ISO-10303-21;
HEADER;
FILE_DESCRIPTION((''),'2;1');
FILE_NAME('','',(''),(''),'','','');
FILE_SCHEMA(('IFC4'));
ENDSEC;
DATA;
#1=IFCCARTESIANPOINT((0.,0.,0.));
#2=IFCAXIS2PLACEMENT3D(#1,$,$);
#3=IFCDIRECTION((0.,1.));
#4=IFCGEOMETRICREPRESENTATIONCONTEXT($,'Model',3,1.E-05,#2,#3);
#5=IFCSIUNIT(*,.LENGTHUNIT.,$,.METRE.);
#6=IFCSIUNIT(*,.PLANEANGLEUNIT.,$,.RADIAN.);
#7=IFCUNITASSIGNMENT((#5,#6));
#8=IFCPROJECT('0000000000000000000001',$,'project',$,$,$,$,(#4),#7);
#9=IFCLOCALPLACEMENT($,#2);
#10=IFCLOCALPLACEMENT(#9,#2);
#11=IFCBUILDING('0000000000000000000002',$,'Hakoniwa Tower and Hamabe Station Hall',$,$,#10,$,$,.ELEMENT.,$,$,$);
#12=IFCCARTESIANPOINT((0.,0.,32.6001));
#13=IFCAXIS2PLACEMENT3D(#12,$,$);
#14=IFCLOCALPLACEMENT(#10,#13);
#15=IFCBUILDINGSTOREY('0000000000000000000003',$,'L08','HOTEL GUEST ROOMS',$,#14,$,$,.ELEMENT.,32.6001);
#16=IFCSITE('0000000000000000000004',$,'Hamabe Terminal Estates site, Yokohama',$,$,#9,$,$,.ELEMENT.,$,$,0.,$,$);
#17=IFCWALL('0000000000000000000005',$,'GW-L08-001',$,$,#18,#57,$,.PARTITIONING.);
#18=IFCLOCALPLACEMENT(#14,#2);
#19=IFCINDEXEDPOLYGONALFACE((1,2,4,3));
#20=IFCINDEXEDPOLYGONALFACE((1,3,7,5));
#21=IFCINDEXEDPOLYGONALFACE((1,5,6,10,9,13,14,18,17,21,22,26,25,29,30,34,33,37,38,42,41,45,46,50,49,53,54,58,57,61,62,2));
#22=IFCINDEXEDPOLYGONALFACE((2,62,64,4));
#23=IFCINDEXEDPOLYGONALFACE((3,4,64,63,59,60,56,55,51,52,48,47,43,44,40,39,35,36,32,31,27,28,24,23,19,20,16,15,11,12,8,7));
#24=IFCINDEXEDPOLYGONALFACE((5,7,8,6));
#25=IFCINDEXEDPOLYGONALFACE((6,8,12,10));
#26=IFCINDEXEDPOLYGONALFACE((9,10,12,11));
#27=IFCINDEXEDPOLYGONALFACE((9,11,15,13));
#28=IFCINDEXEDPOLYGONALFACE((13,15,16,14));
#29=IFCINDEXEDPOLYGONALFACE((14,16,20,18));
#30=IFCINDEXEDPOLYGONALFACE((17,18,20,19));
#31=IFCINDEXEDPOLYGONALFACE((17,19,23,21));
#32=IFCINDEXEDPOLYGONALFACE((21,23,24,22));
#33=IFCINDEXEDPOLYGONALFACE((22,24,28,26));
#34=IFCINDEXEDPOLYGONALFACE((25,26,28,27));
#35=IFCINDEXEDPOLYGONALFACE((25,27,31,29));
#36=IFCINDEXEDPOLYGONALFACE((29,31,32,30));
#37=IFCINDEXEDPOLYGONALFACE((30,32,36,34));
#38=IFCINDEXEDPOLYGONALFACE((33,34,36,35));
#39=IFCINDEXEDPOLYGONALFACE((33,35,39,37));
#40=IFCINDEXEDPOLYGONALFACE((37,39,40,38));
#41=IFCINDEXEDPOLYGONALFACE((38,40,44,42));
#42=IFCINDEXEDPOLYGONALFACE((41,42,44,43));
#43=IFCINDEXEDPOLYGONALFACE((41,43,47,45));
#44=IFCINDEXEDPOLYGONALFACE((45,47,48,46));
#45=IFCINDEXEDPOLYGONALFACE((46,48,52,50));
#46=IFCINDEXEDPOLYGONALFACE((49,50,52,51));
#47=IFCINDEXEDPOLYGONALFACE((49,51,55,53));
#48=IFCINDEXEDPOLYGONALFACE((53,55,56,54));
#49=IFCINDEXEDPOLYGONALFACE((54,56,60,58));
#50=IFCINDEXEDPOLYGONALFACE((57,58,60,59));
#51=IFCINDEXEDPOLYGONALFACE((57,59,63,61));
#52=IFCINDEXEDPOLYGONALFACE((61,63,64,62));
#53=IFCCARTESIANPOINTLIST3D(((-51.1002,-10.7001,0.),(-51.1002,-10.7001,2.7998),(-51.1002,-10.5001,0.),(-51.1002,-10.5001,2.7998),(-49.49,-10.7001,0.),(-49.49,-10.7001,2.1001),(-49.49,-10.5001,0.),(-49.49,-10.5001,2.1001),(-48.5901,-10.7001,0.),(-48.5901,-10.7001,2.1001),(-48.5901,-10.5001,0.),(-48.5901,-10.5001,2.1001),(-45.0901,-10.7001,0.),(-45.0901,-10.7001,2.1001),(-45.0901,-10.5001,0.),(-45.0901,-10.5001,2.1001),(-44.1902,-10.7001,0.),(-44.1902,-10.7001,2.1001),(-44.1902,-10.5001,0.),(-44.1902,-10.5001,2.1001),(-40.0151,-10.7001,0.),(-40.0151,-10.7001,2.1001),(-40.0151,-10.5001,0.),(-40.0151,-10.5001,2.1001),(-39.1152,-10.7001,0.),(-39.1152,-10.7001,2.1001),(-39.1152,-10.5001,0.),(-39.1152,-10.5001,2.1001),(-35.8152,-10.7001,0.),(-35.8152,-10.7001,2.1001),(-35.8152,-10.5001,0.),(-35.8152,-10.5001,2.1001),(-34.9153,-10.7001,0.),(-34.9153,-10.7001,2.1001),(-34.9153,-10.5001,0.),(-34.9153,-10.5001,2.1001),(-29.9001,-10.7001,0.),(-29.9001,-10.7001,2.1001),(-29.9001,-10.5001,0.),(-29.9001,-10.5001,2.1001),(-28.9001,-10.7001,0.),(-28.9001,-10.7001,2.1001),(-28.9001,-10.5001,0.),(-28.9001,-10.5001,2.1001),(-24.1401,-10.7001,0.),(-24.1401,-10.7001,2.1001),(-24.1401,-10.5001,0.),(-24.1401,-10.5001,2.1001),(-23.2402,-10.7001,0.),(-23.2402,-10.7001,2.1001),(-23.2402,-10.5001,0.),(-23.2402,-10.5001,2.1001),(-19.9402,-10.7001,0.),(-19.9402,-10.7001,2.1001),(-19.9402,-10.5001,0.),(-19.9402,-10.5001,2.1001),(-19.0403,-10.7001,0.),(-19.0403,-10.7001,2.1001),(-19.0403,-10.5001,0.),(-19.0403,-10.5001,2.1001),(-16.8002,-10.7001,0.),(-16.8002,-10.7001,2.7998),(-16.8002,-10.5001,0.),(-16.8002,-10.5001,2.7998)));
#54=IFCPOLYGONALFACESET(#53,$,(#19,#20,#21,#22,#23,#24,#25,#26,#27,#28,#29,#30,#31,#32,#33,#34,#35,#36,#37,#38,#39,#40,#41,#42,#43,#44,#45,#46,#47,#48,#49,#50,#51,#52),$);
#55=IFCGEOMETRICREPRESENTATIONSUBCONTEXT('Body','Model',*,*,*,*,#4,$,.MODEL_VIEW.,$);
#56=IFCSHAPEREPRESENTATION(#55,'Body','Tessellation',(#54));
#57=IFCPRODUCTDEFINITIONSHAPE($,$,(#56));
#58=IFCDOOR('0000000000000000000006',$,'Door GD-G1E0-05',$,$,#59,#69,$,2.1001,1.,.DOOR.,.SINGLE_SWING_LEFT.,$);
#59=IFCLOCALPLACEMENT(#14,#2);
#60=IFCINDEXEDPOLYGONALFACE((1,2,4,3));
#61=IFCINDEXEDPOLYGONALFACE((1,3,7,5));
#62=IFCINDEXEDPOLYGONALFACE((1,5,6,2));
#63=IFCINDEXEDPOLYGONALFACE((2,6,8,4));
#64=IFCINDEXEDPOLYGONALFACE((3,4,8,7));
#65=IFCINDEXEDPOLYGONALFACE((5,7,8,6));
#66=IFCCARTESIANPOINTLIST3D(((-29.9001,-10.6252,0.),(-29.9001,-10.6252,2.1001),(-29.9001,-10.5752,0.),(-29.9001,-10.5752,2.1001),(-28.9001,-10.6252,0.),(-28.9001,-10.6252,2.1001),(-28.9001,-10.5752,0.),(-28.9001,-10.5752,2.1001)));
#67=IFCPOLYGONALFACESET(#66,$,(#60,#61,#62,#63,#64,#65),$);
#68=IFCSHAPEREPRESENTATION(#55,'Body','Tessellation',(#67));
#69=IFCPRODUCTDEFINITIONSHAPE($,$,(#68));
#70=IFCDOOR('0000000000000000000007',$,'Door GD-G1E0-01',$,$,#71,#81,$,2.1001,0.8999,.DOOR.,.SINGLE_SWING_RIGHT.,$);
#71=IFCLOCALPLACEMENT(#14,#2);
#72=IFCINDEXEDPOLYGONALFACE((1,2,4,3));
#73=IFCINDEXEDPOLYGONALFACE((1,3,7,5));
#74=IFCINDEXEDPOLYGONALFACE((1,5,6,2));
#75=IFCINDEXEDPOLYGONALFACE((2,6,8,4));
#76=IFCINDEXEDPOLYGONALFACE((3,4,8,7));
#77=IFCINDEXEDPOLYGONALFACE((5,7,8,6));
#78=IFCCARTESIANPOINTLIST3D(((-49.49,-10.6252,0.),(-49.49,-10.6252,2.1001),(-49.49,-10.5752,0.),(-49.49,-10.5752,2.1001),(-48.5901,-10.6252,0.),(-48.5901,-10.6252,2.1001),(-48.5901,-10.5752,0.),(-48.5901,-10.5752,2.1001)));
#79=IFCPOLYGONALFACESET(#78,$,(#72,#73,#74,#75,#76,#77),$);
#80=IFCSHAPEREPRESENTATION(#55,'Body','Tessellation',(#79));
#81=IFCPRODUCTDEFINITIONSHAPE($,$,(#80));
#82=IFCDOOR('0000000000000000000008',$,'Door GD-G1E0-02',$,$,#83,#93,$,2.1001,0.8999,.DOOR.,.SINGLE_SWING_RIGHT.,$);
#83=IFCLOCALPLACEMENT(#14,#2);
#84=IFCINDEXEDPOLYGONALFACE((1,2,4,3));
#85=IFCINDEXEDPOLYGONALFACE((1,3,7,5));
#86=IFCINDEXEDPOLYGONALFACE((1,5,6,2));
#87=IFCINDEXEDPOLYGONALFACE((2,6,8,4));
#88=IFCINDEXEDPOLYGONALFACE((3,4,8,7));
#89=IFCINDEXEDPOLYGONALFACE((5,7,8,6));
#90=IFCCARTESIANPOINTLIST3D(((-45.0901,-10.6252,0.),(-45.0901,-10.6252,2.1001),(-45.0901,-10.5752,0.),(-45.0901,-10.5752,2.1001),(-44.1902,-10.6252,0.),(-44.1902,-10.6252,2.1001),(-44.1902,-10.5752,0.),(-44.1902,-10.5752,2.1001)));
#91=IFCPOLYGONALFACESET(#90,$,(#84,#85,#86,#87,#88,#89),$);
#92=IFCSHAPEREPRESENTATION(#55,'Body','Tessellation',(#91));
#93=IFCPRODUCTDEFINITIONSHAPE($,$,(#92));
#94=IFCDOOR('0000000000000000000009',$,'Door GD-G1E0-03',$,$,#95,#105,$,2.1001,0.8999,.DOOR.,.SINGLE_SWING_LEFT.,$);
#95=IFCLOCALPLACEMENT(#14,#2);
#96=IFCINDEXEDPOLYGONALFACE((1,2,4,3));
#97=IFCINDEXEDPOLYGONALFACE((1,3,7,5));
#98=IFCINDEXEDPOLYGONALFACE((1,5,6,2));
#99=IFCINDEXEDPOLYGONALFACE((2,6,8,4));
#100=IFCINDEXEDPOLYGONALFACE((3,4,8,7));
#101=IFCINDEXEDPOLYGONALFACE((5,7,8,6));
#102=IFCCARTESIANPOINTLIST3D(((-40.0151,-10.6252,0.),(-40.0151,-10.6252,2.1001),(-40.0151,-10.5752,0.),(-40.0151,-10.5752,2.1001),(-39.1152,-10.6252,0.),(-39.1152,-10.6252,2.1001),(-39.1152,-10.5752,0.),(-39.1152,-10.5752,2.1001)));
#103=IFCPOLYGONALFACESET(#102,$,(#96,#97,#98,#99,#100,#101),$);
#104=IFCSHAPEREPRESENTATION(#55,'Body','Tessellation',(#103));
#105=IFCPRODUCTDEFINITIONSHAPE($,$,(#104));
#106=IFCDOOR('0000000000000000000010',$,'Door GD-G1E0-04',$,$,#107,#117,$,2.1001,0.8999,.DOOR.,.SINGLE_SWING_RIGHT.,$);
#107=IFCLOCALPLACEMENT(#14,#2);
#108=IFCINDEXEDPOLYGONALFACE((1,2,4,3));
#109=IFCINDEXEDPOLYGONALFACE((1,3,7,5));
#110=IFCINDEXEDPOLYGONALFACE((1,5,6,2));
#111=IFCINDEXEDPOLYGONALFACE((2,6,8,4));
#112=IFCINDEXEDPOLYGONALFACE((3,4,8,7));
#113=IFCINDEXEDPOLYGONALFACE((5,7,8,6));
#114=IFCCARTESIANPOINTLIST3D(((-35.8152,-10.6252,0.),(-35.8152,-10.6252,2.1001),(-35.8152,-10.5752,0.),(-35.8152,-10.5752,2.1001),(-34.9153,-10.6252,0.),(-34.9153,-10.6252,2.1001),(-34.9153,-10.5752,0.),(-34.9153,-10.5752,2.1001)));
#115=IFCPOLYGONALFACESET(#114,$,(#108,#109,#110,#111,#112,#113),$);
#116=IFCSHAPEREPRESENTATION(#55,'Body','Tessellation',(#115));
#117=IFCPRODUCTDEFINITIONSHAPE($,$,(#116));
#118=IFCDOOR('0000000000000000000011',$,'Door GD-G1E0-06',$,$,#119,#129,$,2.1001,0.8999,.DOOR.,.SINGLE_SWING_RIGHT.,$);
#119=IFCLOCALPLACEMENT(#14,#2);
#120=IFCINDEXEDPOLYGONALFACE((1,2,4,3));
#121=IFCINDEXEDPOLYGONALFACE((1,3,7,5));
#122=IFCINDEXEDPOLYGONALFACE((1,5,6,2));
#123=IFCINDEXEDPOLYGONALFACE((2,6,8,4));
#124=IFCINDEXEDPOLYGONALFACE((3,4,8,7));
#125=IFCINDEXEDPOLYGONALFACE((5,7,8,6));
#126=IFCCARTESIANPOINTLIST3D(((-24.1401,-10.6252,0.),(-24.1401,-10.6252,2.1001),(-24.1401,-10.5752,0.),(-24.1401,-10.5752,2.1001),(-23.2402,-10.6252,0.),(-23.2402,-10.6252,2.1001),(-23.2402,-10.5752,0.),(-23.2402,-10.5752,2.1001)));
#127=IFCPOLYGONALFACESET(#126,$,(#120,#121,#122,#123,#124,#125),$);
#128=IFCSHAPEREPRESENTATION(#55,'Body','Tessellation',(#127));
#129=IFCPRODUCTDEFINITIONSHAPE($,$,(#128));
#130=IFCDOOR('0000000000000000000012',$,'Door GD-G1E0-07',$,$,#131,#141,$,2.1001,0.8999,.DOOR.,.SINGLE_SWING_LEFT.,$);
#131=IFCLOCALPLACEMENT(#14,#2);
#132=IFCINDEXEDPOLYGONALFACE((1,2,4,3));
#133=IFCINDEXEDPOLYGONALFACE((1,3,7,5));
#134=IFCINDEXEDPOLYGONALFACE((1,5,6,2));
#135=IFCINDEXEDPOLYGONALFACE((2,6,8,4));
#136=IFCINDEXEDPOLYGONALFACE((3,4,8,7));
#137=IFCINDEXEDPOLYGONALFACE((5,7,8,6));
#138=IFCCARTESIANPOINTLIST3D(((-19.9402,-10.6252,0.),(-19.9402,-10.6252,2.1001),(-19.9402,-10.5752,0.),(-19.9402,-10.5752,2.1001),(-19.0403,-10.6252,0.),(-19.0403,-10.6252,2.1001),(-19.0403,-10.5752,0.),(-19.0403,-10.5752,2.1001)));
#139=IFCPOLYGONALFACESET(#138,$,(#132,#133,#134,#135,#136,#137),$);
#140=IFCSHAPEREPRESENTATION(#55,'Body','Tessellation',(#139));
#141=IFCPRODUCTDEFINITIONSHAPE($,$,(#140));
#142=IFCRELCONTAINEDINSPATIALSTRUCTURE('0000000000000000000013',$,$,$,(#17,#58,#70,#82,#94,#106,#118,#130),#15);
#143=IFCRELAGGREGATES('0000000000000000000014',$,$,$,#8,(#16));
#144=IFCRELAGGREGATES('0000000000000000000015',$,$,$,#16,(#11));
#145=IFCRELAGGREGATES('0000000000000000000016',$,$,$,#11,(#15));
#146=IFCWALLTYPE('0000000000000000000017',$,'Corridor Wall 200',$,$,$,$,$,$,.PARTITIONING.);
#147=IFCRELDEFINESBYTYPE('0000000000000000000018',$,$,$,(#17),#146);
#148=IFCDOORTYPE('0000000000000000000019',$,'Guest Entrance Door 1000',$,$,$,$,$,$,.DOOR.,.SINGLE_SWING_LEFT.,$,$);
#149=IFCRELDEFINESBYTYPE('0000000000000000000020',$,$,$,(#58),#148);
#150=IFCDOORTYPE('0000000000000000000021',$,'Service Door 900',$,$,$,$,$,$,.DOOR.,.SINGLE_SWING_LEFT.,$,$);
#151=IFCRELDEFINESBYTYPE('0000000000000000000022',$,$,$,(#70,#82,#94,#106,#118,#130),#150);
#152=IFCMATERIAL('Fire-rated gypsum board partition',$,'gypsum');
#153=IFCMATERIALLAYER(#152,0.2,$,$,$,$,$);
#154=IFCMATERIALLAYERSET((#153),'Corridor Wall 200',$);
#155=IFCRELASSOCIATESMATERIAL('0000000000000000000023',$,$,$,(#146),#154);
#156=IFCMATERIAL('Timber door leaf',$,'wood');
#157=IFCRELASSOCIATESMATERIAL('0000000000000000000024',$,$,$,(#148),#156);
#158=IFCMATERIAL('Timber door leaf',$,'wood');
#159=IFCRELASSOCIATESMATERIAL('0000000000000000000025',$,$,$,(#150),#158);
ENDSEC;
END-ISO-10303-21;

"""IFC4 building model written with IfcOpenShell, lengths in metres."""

from ifc_helpers import new_model, si_unit, direction, frame, frame_2d, origin, place, context, subcontext, project, spatial, rectangle, extrude, material, layer, layer_set, type_object, element, fill, save


model = new_model("IFC4")

# Units and contexts
model_context = context("Model", 3, precision=1e-05, world=origin(), true_north=direction((0.0, 1.0)))
body_context = subcontext(model_context, "Body", "Model", "MODEL_VIEW")
ifc_project = project(units=[si_unit("LENGTHUNIT", "METRE"), si_unit("PLANEANGLEUNIT", "RADIAN")], contexts=[model_context])

# Site, building, storey
site_placement = place(None, origin())
site = spatial("IfcSite", under=ifc_project, at=site_placement, Name="Hamabe Terminal Estates site, Yokohama", CompositionType="ELEMENT", RefElevation=0.0)
building_placement = place(site_placement, origin())
building = spatial("IfcBuilding", under=site, at=building_placement, Name="Hakoniwa Tower and Hamabe Station Hall", CompositionType="ELEMENT")
storey_placement = place(building_placement, frame((0.0, 0.0, 32.6001)))
storey = spatial("IfcBuildingStorey", under=building, at=storey_placement, Name="L08", Description="HOTEL GUEST ROOMS", CompositionType="ELEMENT", Elevation=32.6001)

# Wall, openings, doors
ifc_material_1 = material(Name="Fire-rated gypsum board partition", Category="gypsum")
ifc_layer_1 = layer(ifc_material_1, 0.2)
ifc_layer_set_1 = layer_set([ifc_layer_1], Name="Corridor Wall 200")
wall_type_1 = type_object("IfcWallType", Name="Corridor Wall 200", PredefinedType="PARTITIONING", material=ifc_layer_set_1)
wall_1_placement = place(storey_placement, frame((-51.1001, -10.6001, 0.0), z_axis=(0.0, 0.0, 1.0), x_axis=(1.0, 0.0, 0.0)))
wall_1 = element("IfcWall", 1, at=wall_1_placement, inside=storey, type_object=wall_type_1, Name="GW-L08-001", PredefinedType="PARTITIONING", context=body_context, shape_type="SweptSolid", body=[
    extrude(rectangle(XDim=34.3, YDim=0.2, at=frame_2d((17.1499, 0.0))), origin(), (0.0, 0.0, 1.0), 2.7998),
])
opening_1_placement = place(wall_1_placement, frame((1.6101, 0.0, 0.0)))
opening_1 = element("IfcOpeningElement", 2, at=opening_1_placement, cuts=wall_1, PredefinedType="OPENING", context=body_context, shape_type="SweptSolid", body=[
    extrude(rectangle(XDim=0.8999, YDim=2.1001, at=frame_2d((0.45, 1.05))), frame((0.0, 0.1099, 0.0), z_axis=(0.0, -1.0, 0.0), x_axis=(1.0, 0.0, 0.0)), (0.0, 0.0, 1.0), 0.22),
])
opening_2_placement = place(wall_1_placement, frame((6.01, 0.0, 0.0)))
opening_2 = element("IfcOpeningElement", 3, at=opening_2_placement, cuts=wall_1, PredefinedType="OPENING", context=body_context, shape_type="SweptSolid", body=[
    extrude(rectangle(XDim=0.8999, YDim=2.1001, at=frame_2d((0.45, 1.05))), frame((0.0, 0.1099, 0.0), z_axis=(0.0, -1.0, 0.0), x_axis=(1.0, 0.0, 0.0)), (0.0, 0.0, 1.0), 0.22),
])
opening_3_placement = place(wall_1_placement, frame((11.085, 0.0, 0.0)))
opening_3 = element("IfcOpeningElement", 4, at=opening_3_placement, cuts=wall_1, PredefinedType="OPENING", context=body_context, shape_type="SweptSolid", body=[
    extrude(rectangle(XDim=0.8999, YDim=2.1001, at=frame_2d((0.45, 1.05))), frame((0.0, 0.1099, 0.0), z_axis=(0.0, -1.0, 0.0), x_axis=(1.0, 0.0, 0.0)), (0.0, 0.0, 1.0), 0.22),
])
opening_4_placement = place(wall_1_placement, frame((15.2849, 0.0, 0.0)))
opening_4 = element("IfcOpeningElement", 5, at=opening_4_placement, cuts=wall_1, PredefinedType="OPENING", context=body_context, shape_type="SweptSolid", body=[
    extrude(rectangle(XDim=0.8999, YDim=2.1001, at=frame_2d((0.45, 1.05))), frame((0.0, 0.1099, 0.0), z_axis=(0.0, -1.0, 0.0), x_axis=(1.0, 0.0, 0.0)), (0.0, 0.0, 1.0), 0.22),
])
opening_5_placement = place(wall_1_placement, frame((21.2, 0.0, 0.0)))
opening_5 = element("IfcOpeningElement", 6, at=opening_5_placement, cuts=wall_1, PredefinedType="OPENING", context=body_context, shape_type="SweptSolid", body=[
    extrude(rectangle(XDim=1.0, YDim=2.1001, at=frame_2d((0.5, 1.05))), frame((0.0, 0.1099, 0.0), z_axis=(0.0, -1.0, 0.0), x_axis=(1.0, 0.0, 0.0)), (0.0, 0.0, 1.0), 0.22),
])
opening_6_placement = place(wall_1_placement, frame((26.96, 0.0, 0.0)))
opening_6 = element("IfcOpeningElement", 7, at=opening_6_placement, cuts=wall_1, PredefinedType="OPENING", context=body_context, shape_type="SweptSolid", body=[
    extrude(rectangle(XDim=0.8999, YDim=2.1001, at=frame_2d((0.45, 1.05))), frame((0.0, 0.1099, 0.0), z_axis=(0.0, -1.0, 0.0), x_axis=(1.0, 0.0, 0.0)), (0.0, 0.0, 1.0), 0.22),
])
opening_7_placement = place(wall_1_placement, frame((31.1599, 0.0, 0.0)))
opening_7 = element("IfcOpeningElement", 8, at=opening_7_placement, cuts=wall_1, PredefinedType="OPENING", context=body_context, shape_type="SweptSolid", body=[
    extrude(rectangle(XDim=0.8999, YDim=2.1001, at=frame_2d((0.45, 1.05))), frame((0.0, 0.1099, 0.0), z_axis=(0.0, -1.0, 0.0), x_axis=(1.0, 0.0, 0.0)), (0.0, 0.0, 1.0), 0.22),
])
ifc_material_2 = material(Name="Timber door leaf", Category="wood")
door_type_1 = type_object("IfcDoorType", Name="Guest Entrance Door 1000", OperationType="SINGLE_SWING_LEFT", PredefinedType="DOOR", material=ifc_material_2)
door_1_placement = place(opening_5_placement, origin())
door_1 = element("IfcDoor", 9, at=door_1_placement, inside=storey, type_object=door_type_1, Name="Door GD-G1E0-05", OperationType="SINGLE_SWING_LEFT", OverallHeight=2.1001, OverallWidth=1.0, PredefinedType="DOOR", context=body_context, shape_type="SweptSolid", body=[
    extrude(rectangle(XDim=1.0, YDim=2.1001, at=frame_2d((0.5, 1.05))), frame((0.0, 0.0249, 0.0), z_axis=(0.0, -1.0, 0.0), x_axis=(1.0, 0.0, 0.0)), (0.0, 0.0, 1.0), 0.05),
])
fill(opening_5, door_1)
ifc_material_3 = material(Name="Timber door leaf", Category="wood")
door_type_2 = type_object("IfcDoorType", Name="Service Door 900", OperationType="SINGLE_SWING_LEFT", PredefinedType="DOOR", material=ifc_material_3)
door_2_placement = place(opening_1_placement, origin())
door_2 = element("IfcDoor", 10, at=door_2_placement, inside=storey, type_object=door_type_2, Name="Door GD-G1E0-01", OperationType="SINGLE_SWING_RIGHT", OverallHeight=2.1001, OverallWidth=0.8999, PredefinedType="DOOR", context=body_context, shape_type="SweptSolid", body=[
    extrude(rectangle(XDim=0.8999, YDim=2.1001, at=frame_2d((0.45, 1.05))), frame((0.0, 0.0249, 0.0), z_axis=(0.0, -1.0, 0.0), x_axis=(1.0, 0.0, 0.0)), (0.0, 0.0, 1.0), 0.05),
])
fill(opening_1, door_2)
door_3_placement = place(opening_2_placement, origin())
door_3 = element("IfcDoor", 11, at=door_3_placement, inside=storey, type_object=door_type_2, Name="Door GD-G1E0-02", OperationType="SINGLE_SWING_RIGHT", OverallHeight=2.1001, OverallWidth=0.8999, PredefinedType="DOOR", context=body_context, shape_type="SweptSolid", body=[
    extrude(rectangle(XDim=0.8999, YDim=2.1001, at=frame_2d((0.45, 1.05))), frame((0.0, 0.0249, 0.0), z_axis=(0.0, -1.0, 0.0), x_axis=(1.0, 0.0, 0.0)), (0.0, 0.0, 1.0), 0.05),
])
fill(opening_2, door_3)
door_4_placement = place(opening_3_placement, origin())
door_4 = element("IfcDoor", 12, at=door_4_placement, inside=storey, type_object=door_type_2, Name="Door GD-G1E0-03", OperationType="SINGLE_SWING_LEFT", OverallHeight=2.1001, OverallWidth=0.8999, PredefinedType="DOOR", context=body_context, shape_type="SweptSolid", body=[
    extrude(rectangle(XDim=0.8999, YDim=2.1001, at=frame_2d((0.45, 1.05))), frame((0.0, 0.0249, 0.0), z_axis=(0.0, -1.0, 0.0), x_axis=(1.0, 0.0, 0.0)), (0.0, 0.0, 1.0), 0.05),
])
fill(opening_3, door_4)
door_5_placement = place(opening_4_placement, origin())
door_5 = element("IfcDoor", 13, at=door_5_placement, inside=storey, type_object=door_type_2, Name="Door GD-G1E0-04", OperationType="SINGLE_SWING_RIGHT", OverallHeight=2.1001, OverallWidth=0.8999, PredefinedType="DOOR", context=body_context, shape_type="SweptSolid", body=[
    extrude(rectangle(XDim=0.8999, YDim=2.1001, at=frame_2d((0.45, 1.05))), frame((0.0, 0.0249, 0.0), z_axis=(0.0, -1.0, 0.0), x_axis=(1.0, 0.0, 0.0)), (0.0, 0.0, 1.0), 0.05),
])
fill(opening_4, door_5)
door_6_placement = place(opening_6_placement, origin())
door_6 = element("IfcDoor", 14, at=door_6_placement, inside=storey, type_object=door_type_2, Name="Door GD-G1E0-06", OperationType="SINGLE_SWING_RIGHT", OverallHeight=2.1001, OverallWidth=0.8999, PredefinedType="DOOR", context=body_context, shape_type="SweptSolid", body=[
    extrude(rectangle(XDim=0.8999, YDim=2.1001, at=frame_2d((0.45, 1.05))), frame((0.0, 0.0249, 0.0), z_axis=(0.0, -1.0, 0.0), x_axis=(1.0, 0.0, 0.0)), (0.0, 0.0, 1.0), 0.05),
])
fill(opening_6, door_6)
door_7_placement = place(opening_7_placement, origin())
door_7 = element("IfcDoor", 15, at=door_7_placement, inside=storey, type_object=door_type_2, Name="Door GD-G1E0-07", OperationType="SINGLE_SWING_LEFT", OverallHeight=2.1001, OverallWidth=0.8999, PredefinedType="DOOR", context=body_context, shape_type="SweptSolid", body=[
    extrude(rectangle(XDim=0.8999, YDim=2.1001, at=frame_2d((0.45, 1.05))), frame((0.0, 0.0249, 0.0), z_axis=(0.0, -1.0, 0.0), x_axis=(1.0, 0.0, 0.0)), (0.0, 0.0, 1.0), 0.05),
])
fill(opening_7, door_7)

save(model, "model.ifc")
